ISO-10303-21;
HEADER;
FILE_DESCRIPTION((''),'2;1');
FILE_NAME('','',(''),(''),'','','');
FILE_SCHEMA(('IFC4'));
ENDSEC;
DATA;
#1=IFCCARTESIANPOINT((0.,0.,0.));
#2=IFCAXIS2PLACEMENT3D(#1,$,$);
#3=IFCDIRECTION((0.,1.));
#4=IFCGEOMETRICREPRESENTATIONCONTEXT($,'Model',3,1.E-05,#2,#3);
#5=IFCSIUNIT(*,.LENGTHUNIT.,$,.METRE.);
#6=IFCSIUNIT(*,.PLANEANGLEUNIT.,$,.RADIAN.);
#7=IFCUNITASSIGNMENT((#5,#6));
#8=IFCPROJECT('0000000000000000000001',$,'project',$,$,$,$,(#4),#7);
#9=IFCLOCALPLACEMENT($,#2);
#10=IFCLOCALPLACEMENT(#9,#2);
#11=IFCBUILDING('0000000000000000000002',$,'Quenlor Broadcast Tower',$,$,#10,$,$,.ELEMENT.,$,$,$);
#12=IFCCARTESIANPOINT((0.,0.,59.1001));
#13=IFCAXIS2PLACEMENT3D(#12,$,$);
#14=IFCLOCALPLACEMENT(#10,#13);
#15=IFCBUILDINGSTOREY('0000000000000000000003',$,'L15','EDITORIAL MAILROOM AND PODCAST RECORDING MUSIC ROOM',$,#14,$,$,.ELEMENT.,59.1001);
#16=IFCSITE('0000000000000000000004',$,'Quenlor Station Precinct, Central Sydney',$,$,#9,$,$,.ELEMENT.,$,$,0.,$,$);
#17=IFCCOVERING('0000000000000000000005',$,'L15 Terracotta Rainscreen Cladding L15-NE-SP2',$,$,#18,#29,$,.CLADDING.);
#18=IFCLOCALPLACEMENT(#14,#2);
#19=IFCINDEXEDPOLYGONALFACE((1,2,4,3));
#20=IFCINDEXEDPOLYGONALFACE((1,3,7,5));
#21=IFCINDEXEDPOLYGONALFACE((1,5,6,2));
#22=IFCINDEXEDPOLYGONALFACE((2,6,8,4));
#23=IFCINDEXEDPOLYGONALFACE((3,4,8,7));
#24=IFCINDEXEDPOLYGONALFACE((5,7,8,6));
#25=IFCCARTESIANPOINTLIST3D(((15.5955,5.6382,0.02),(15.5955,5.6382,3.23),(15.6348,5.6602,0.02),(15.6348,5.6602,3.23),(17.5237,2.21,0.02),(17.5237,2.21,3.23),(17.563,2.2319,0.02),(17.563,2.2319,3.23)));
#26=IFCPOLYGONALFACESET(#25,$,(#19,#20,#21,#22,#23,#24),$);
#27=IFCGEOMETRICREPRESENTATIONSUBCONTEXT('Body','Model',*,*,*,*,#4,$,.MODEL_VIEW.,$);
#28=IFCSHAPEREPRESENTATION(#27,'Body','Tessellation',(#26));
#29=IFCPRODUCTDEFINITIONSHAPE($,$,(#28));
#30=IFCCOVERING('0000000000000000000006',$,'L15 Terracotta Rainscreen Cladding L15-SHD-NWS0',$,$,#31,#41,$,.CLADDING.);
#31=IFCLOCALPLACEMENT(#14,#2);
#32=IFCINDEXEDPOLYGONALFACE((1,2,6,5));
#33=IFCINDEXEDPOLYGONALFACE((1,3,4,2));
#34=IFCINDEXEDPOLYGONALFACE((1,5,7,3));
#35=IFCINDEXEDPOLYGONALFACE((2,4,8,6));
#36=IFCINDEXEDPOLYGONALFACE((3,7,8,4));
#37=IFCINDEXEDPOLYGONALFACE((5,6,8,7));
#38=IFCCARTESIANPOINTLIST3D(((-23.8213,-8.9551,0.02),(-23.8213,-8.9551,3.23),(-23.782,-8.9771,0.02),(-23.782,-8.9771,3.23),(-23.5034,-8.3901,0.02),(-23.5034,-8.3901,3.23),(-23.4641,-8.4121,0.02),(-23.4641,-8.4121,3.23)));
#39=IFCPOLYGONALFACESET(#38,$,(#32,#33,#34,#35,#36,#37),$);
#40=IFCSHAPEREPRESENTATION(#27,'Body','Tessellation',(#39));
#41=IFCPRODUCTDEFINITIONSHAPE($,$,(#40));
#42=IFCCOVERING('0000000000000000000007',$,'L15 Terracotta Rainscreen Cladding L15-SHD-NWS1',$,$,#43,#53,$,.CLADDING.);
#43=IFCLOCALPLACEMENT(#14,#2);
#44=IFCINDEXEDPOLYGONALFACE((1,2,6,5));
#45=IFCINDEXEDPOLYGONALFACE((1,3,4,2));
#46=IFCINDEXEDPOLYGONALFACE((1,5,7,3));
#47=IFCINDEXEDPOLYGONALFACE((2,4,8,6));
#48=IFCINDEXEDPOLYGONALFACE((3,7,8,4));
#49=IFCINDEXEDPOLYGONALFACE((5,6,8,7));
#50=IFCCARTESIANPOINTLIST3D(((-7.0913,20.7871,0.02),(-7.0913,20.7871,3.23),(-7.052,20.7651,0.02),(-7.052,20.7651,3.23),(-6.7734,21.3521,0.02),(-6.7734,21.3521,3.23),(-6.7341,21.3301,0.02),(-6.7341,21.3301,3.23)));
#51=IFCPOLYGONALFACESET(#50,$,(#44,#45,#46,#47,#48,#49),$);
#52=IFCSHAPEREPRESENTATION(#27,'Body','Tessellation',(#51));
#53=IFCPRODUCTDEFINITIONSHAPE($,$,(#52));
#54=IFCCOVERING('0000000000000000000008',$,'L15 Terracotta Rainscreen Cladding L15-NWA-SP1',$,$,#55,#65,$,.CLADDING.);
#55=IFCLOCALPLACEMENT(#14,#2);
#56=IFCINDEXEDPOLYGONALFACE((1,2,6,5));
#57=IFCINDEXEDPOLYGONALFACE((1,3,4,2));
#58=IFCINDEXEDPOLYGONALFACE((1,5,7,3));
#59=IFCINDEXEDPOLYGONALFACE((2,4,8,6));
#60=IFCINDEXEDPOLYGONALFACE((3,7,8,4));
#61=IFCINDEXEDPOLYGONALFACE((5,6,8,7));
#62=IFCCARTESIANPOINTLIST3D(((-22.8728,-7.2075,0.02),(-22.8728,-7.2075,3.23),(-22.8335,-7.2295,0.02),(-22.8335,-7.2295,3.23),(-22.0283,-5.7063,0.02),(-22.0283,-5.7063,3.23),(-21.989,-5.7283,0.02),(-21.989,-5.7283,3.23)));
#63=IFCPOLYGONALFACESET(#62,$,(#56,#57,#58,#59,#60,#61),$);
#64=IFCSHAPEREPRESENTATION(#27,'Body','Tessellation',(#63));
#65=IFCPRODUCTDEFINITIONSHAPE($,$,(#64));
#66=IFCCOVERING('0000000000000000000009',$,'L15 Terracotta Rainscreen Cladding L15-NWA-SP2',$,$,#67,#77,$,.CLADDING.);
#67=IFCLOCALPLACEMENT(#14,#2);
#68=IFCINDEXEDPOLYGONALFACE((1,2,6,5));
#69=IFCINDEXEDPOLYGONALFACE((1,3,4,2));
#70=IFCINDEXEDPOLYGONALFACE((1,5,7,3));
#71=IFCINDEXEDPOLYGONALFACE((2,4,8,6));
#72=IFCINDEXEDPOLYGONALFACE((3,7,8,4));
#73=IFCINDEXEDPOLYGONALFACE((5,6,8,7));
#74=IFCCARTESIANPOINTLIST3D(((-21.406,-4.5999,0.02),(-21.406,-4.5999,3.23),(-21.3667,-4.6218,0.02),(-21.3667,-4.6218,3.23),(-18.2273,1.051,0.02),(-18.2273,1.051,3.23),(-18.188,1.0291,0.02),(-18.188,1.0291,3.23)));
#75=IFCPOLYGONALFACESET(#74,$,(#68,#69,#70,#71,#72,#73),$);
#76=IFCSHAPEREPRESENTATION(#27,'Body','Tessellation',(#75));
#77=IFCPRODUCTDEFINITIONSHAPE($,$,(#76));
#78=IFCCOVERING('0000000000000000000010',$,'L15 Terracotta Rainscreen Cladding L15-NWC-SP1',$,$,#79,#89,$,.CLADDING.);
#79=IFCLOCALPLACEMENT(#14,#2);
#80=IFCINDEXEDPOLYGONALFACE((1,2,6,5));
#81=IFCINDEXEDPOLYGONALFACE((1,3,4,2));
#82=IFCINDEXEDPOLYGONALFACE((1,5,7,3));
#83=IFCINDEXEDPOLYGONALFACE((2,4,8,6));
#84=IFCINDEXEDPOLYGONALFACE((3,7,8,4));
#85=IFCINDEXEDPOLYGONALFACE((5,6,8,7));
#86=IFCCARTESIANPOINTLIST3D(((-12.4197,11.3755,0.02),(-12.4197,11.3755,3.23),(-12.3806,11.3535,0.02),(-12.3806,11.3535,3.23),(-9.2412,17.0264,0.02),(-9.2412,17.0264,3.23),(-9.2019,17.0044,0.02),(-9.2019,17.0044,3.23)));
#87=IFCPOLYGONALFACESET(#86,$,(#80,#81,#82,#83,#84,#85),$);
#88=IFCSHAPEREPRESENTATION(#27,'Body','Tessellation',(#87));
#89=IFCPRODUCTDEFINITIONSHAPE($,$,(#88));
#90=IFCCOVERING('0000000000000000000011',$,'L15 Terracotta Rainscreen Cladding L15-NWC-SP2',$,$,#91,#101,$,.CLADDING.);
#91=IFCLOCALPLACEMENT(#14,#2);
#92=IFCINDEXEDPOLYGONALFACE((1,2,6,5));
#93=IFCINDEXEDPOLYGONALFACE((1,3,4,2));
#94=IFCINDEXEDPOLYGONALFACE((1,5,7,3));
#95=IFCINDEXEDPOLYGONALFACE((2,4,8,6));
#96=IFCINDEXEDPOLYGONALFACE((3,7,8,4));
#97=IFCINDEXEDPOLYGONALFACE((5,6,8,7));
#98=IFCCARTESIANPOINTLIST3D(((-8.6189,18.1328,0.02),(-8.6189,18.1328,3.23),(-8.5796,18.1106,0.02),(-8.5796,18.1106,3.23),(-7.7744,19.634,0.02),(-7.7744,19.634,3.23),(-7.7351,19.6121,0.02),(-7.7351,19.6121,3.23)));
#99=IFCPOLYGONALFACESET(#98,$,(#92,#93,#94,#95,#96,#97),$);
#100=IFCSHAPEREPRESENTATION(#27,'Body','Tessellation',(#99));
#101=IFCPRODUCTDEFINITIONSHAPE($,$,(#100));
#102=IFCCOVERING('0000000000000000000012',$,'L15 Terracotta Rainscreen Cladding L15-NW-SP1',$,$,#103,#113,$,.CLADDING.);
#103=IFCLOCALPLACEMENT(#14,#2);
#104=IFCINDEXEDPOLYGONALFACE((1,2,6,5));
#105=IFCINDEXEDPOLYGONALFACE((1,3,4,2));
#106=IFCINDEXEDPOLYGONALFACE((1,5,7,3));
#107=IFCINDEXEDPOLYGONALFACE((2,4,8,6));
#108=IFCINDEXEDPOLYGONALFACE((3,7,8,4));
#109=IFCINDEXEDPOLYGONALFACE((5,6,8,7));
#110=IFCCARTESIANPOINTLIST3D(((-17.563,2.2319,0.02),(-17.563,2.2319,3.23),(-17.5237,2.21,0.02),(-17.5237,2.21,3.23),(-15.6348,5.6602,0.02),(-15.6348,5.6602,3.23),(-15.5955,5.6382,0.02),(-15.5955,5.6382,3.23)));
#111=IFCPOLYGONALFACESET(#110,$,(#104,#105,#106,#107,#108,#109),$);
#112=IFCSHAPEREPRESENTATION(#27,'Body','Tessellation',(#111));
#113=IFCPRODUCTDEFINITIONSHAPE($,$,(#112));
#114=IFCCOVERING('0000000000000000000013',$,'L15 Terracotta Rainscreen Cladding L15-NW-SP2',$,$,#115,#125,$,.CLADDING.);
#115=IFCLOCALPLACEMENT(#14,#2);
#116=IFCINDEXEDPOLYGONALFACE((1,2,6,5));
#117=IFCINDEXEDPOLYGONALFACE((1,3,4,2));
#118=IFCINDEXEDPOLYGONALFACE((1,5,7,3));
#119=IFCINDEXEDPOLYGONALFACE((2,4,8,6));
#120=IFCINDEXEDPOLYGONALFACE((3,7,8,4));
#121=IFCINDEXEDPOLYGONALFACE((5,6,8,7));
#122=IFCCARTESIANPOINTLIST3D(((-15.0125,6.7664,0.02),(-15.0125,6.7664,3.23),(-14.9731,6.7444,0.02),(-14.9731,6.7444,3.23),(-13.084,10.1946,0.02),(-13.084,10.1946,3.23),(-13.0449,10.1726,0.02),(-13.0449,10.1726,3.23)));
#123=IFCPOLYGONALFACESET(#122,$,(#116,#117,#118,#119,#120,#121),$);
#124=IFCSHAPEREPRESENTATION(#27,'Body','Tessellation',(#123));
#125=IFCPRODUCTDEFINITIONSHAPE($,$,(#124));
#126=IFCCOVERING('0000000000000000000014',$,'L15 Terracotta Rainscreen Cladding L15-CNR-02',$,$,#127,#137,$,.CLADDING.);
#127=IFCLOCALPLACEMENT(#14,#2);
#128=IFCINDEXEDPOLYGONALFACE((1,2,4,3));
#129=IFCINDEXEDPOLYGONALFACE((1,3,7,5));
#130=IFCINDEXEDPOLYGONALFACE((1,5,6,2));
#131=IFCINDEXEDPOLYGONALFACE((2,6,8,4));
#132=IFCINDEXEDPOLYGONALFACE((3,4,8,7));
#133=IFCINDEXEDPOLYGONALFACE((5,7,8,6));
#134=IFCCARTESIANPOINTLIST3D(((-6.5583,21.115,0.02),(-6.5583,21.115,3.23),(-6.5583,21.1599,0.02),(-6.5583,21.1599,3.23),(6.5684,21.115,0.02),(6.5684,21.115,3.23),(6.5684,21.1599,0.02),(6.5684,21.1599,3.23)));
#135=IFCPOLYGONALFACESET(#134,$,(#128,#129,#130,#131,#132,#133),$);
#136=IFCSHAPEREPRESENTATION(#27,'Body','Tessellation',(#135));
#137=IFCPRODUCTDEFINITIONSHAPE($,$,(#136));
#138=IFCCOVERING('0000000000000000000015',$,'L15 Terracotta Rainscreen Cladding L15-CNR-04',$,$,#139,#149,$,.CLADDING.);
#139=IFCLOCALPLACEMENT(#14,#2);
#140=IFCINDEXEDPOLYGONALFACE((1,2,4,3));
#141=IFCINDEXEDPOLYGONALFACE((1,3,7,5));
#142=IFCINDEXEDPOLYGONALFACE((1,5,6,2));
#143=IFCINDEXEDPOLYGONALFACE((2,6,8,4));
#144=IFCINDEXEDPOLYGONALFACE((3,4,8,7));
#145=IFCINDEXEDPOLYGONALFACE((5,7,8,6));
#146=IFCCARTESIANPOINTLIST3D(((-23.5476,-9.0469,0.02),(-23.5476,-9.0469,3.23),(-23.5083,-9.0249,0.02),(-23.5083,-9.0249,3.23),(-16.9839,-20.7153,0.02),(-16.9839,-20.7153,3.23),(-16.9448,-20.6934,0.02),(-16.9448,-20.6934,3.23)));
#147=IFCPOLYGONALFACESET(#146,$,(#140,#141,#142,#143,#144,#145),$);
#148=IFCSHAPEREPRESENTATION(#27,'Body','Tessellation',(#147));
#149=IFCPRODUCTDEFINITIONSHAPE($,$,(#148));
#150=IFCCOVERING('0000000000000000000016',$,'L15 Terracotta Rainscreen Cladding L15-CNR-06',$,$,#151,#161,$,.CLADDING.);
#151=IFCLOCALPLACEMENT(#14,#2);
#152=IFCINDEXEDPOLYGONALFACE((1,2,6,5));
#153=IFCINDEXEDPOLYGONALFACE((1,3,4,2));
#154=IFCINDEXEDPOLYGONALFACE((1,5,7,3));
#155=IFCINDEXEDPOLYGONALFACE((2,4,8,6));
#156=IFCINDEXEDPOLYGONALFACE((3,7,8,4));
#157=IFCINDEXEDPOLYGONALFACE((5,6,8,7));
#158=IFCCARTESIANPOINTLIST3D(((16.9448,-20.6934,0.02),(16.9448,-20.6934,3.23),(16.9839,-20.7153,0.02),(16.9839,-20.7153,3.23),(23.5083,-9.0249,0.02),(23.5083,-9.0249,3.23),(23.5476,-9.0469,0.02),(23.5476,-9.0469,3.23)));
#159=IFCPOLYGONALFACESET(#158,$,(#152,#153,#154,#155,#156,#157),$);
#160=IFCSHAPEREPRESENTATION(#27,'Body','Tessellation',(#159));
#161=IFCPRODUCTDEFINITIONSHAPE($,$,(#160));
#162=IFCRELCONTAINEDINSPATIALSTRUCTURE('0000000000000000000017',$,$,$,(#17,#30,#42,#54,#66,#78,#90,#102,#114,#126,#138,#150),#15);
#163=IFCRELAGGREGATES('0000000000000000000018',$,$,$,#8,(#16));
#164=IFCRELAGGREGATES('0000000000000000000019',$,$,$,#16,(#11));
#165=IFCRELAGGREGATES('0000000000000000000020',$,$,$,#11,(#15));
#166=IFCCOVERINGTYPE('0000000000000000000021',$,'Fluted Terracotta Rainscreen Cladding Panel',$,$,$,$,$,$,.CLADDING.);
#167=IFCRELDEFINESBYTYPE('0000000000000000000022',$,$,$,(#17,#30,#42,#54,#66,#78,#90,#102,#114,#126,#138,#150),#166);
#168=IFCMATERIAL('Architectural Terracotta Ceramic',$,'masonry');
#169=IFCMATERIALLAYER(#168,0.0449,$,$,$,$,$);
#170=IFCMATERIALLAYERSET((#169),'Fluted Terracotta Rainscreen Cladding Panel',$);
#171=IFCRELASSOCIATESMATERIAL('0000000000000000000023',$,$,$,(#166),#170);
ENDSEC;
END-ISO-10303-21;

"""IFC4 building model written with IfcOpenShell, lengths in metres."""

from ifc_helpers import new_model, si_unit, direction, frame, origin, place, context, subcontext, project, spatial, polyline, outline, extrude, material, layer, layer_set, type_object, element, save


model = new_model("IFC4")

# Units and contexts
model_context = context("Model", 3, precision=1e-05, world=origin(), true_north=direction((0.0, 1.0)))
body_context = subcontext(model_context, "Body", "Model", "MODEL_VIEW")
ifc_project = project(units=[si_unit("LENGTHUNIT", "METRE"), si_unit("PLANEANGLEUNIT", "RADIAN")], contexts=[model_context])

# Site, building, storey
site_placement = place(None, origin())
site = spatial("IfcSite", under=ifc_project, at=site_placement, Name="Quenlor Station Precinct, Central Sydney", CompositionType="ELEMENT", RefElevation=0.0)
building_placement = place(site_placement, origin())
building = spatial("IfcBuilding", under=site, at=building_placement, Name="Quenlor Broadcast Tower", CompositionType="ELEMENT")
storey_placement = place(building_placement, frame((0.0, 0.0, 59.1001)))
storey = spatial("IfcBuildingStorey", under=building, at=storey_placement, Name="L15", Description="EDITORIAL MAILROOM AND PODCAST RECORDING MUSIC ROOM", CompositionType="ELEMENT", Elevation=59.1001)

# Coverings
ifc_material_1 = material(Name="Architectural Terracotta Ceramic", Category="masonry")
ifc_layer_1 = layer(ifc_material_1, 0.0449)
ifc_layer_set_1 = layer_set([ifc_layer_1], Name="Fluted Terracotta Rainscreen Cladding Panel")
covering_type_1 = type_object("IfcCoveringType", Name="Fluted Terracotta Rainscreen Cladding Panel", PredefinedType="CLADDING", material=ifc_layer_set_1)
covering_1_placement = place(storey_placement, frame((0.0, 0.0, 0.02)))
element("IfcCovering", 1, at=covering_1_placement, inside=storey, type_object=covering_type_1, Name="L15 Terracotta Rainscreen Cladding L15-NE-SP2", PredefinedType="CLADDING", context=body_context, shape_type="SweptSolid", body=[
    extrude(outline(polyline([(15.5955, 5.6382), (17.5237, 2.21), (17.563, 2.2319), (15.6348, 5.6602), (15.5955, 5.6382)])), origin(), (0.0, 0.0, 1.0), 3.21),
])
covering_2_placement = place(storey_placement, frame((0.0, 0.0, 0.02)))
element("IfcCovering", 2, at=covering_2_placement, inside=storey, type_object=covering_type_1, Name="L15 Terracotta Rainscreen Cladding L15-SHD-NWS0", PredefinedType="CLADDING", context=body_context, shape_type="SweptSolid", body=[
    extrude(outline(polyline([(-23.782, -8.9771), (-23.4641, -8.4121), (-23.5034, -8.3901), (-23.8213, -8.9551), (-23.782, -8.9771)])), origin(), (0.0, 0.0, 1.0), 3.21),
])
covering_3_placement = place(storey_placement, frame((0.0, 0.0, 0.02)))
element("IfcCovering", 3, at=covering_3_placement, inside=storey, type_object=covering_type_1, Name="L15 Terracotta Rainscreen Cladding L15-SHD-NWS1", PredefinedType="CLADDING", context=body_context, shape_type="SweptSolid", body=[
    extrude(outline(polyline([(-7.052, 20.7651), (-6.7341, 21.3301), (-6.7734, 21.3521), (-7.0913, 20.7871), (-7.052, 20.7651)])), origin(), (0.0, 0.0, 1.0), 3.21),
])
covering_4_placement = place(storey_placement, frame((0.0, 0.0, 0.02)))
element("IfcCovering", 4, at=covering_4_placement, inside=storey, type_object=covering_type_1, Name="L15 Terracotta Rainscreen Cladding L15-NWA-SP1", PredefinedType="CLADDING", context=body_context, shape_type="SweptSolid", body=[
    extrude(outline(polyline([(-22.8335, -7.2295), (-21.989, -5.7283), (-22.0283, -5.7063), (-22.8728, -7.2075), (-22.8335, -7.2295)])), origin(), (0.0, 0.0, 1.0), 3.21),
])
covering_5_placement = place(storey_placement, frame((0.0, 0.0, 0.02)))
element("IfcCovering", 5, at=covering_5_placement, inside=storey, type_object=covering_type_1, Name="L15 Terracotta Rainscreen Cladding L15-NWA-SP2", PredefinedType="CLADDING", context=body_context, shape_type="SweptSolid", body=[
    extrude(outline(polyline([(-21.3667, -4.6218), (-18.188, 1.0291), (-18.2273, 1.051), (-21.406, -4.5999), (-21.3667, -4.6218)])), origin(), (0.0, 0.0, 1.0), 3.21),
])
covering_6_placement = place(storey_placement, frame((0.0, 0.0, 0.02)))
element("IfcCovering", 6, at=covering_6_placement, inside=storey, type_object=covering_type_1, Name="L15 Terracotta Rainscreen Cladding L15-NWC-SP1", PredefinedType="CLADDING", context=body_context, shape_type="SweptSolid", body=[
    extrude(outline(polyline([(-12.3806, 11.3535), (-9.2019, 17.0044), (-9.2412, 17.0264), (-12.4197, 11.3755), (-12.3806, 11.3535)])), origin(), (0.0, 0.0, 1.0), 3.21),
])
covering_7_placement = place(storey_placement, frame((0.0, 0.0, 0.02)))
element("IfcCovering", 7, at=covering_7_placement, inside=storey, type_object=covering_type_1, Name="L15 Terracotta Rainscreen Cladding L15-NWC-SP2", PredefinedType="CLADDING", context=body_context, shape_type="SweptSolid", body=[
    extrude(outline(polyline([(-8.5796, 18.1106), (-7.7351, 19.6121), (-7.7744, 19.634), (-8.6189, 18.1328), (-8.5796, 18.1106)])), origin(), (0.0, 0.0, 1.0), 3.21),
])
covering_8_placement = place(storey_placement, frame((0.0, 0.0, 0.02)))
element("IfcCovering", 8, at=covering_8_placement, inside=storey, type_object=covering_type_1, Name="L15 Terracotta Rainscreen Cladding L15-NW-SP1", PredefinedType="CLADDING", context=body_context, shape_type="SweptSolid", body=[
    extrude(outline(polyline([(-17.5237, 2.21), (-15.5955, 5.6382), (-15.6348, 5.6602), (-17.563, 2.2319), (-17.5237, 2.21)])), origin(), (0.0, 0.0, 1.0), 3.21),
])
covering_9_placement = place(storey_placement, frame((0.0, 0.0, 0.02)))
element("IfcCovering", 9, at=covering_9_placement, inside=storey, type_object=covering_type_1, Name="L15 Terracotta Rainscreen Cladding L15-NW-SP2", PredefinedType="CLADDING", context=body_context, shape_type="SweptSolid", body=[
    extrude(outline(polyline([(-14.9731, 6.7444), (-13.0449, 10.1726), (-13.084, 10.1946), (-15.0125, 6.7664), (-14.9731, 6.7444)])), origin(), (0.0, 0.0, 1.0), 3.21),
])
covering_10_placement = place(storey_placement, frame((0.0, 0.0, 0.02)))
element("IfcCovering", 10, at=covering_10_placement, inside=storey, type_object=covering_type_1, Name="L15 Terracotta Rainscreen Cladding L15-CNR-02", PredefinedType="CLADDING", context=body_context, shape_type="SweptSolid", body=[
    extrude(outline(polyline([(6.5684, 21.1599), (-6.5583, 21.1599), (-6.5583, 21.115), (6.5684, 21.115), (6.5684, 21.1599)])), origin(), (0.0, 0.0, 1.0), 3.21),
])
covering_11_placement = place(storey_placement, frame((0.0, 0.0, 0.02)))
element("IfcCovering", 11, at=covering_11_placement, inside=storey, type_object=covering_type_1, Name="L15 Terracotta Rainscreen Cladding L15-CNR-04", PredefinedType="CLADDING", context=body_context, shape_type="SweptSolid", body=[
    extrude(outline(polyline([(-23.5476, -9.0469), (-16.9839, -20.7153), (-16.9448, -20.6934), (-23.5083, -9.0249), (-23.5476, -9.0469)])), origin(), (0.0, 0.0, 1.0), 3.21),
])
covering_12_placement = place(storey_placement, frame((0.0, 0.0, 0.02)))
element("IfcCovering", 12, at=covering_12_placement, inside=storey, type_object=covering_type_1, Name="L15 Terracotta Rainscreen Cladding L15-CNR-06", PredefinedType="CLADDING", context=body_context, shape_type="SweptSolid", body=[
    extrude(outline(polyline([(16.9839, -20.7153), (23.5476, -9.0469), (23.5083, -9.0249), (16.9448, -20.6934), (16.9839, -20.7153)])), origin(), (0.0, 0.0, 1.0), 3.21),
])

save(model, "model.ifc")
